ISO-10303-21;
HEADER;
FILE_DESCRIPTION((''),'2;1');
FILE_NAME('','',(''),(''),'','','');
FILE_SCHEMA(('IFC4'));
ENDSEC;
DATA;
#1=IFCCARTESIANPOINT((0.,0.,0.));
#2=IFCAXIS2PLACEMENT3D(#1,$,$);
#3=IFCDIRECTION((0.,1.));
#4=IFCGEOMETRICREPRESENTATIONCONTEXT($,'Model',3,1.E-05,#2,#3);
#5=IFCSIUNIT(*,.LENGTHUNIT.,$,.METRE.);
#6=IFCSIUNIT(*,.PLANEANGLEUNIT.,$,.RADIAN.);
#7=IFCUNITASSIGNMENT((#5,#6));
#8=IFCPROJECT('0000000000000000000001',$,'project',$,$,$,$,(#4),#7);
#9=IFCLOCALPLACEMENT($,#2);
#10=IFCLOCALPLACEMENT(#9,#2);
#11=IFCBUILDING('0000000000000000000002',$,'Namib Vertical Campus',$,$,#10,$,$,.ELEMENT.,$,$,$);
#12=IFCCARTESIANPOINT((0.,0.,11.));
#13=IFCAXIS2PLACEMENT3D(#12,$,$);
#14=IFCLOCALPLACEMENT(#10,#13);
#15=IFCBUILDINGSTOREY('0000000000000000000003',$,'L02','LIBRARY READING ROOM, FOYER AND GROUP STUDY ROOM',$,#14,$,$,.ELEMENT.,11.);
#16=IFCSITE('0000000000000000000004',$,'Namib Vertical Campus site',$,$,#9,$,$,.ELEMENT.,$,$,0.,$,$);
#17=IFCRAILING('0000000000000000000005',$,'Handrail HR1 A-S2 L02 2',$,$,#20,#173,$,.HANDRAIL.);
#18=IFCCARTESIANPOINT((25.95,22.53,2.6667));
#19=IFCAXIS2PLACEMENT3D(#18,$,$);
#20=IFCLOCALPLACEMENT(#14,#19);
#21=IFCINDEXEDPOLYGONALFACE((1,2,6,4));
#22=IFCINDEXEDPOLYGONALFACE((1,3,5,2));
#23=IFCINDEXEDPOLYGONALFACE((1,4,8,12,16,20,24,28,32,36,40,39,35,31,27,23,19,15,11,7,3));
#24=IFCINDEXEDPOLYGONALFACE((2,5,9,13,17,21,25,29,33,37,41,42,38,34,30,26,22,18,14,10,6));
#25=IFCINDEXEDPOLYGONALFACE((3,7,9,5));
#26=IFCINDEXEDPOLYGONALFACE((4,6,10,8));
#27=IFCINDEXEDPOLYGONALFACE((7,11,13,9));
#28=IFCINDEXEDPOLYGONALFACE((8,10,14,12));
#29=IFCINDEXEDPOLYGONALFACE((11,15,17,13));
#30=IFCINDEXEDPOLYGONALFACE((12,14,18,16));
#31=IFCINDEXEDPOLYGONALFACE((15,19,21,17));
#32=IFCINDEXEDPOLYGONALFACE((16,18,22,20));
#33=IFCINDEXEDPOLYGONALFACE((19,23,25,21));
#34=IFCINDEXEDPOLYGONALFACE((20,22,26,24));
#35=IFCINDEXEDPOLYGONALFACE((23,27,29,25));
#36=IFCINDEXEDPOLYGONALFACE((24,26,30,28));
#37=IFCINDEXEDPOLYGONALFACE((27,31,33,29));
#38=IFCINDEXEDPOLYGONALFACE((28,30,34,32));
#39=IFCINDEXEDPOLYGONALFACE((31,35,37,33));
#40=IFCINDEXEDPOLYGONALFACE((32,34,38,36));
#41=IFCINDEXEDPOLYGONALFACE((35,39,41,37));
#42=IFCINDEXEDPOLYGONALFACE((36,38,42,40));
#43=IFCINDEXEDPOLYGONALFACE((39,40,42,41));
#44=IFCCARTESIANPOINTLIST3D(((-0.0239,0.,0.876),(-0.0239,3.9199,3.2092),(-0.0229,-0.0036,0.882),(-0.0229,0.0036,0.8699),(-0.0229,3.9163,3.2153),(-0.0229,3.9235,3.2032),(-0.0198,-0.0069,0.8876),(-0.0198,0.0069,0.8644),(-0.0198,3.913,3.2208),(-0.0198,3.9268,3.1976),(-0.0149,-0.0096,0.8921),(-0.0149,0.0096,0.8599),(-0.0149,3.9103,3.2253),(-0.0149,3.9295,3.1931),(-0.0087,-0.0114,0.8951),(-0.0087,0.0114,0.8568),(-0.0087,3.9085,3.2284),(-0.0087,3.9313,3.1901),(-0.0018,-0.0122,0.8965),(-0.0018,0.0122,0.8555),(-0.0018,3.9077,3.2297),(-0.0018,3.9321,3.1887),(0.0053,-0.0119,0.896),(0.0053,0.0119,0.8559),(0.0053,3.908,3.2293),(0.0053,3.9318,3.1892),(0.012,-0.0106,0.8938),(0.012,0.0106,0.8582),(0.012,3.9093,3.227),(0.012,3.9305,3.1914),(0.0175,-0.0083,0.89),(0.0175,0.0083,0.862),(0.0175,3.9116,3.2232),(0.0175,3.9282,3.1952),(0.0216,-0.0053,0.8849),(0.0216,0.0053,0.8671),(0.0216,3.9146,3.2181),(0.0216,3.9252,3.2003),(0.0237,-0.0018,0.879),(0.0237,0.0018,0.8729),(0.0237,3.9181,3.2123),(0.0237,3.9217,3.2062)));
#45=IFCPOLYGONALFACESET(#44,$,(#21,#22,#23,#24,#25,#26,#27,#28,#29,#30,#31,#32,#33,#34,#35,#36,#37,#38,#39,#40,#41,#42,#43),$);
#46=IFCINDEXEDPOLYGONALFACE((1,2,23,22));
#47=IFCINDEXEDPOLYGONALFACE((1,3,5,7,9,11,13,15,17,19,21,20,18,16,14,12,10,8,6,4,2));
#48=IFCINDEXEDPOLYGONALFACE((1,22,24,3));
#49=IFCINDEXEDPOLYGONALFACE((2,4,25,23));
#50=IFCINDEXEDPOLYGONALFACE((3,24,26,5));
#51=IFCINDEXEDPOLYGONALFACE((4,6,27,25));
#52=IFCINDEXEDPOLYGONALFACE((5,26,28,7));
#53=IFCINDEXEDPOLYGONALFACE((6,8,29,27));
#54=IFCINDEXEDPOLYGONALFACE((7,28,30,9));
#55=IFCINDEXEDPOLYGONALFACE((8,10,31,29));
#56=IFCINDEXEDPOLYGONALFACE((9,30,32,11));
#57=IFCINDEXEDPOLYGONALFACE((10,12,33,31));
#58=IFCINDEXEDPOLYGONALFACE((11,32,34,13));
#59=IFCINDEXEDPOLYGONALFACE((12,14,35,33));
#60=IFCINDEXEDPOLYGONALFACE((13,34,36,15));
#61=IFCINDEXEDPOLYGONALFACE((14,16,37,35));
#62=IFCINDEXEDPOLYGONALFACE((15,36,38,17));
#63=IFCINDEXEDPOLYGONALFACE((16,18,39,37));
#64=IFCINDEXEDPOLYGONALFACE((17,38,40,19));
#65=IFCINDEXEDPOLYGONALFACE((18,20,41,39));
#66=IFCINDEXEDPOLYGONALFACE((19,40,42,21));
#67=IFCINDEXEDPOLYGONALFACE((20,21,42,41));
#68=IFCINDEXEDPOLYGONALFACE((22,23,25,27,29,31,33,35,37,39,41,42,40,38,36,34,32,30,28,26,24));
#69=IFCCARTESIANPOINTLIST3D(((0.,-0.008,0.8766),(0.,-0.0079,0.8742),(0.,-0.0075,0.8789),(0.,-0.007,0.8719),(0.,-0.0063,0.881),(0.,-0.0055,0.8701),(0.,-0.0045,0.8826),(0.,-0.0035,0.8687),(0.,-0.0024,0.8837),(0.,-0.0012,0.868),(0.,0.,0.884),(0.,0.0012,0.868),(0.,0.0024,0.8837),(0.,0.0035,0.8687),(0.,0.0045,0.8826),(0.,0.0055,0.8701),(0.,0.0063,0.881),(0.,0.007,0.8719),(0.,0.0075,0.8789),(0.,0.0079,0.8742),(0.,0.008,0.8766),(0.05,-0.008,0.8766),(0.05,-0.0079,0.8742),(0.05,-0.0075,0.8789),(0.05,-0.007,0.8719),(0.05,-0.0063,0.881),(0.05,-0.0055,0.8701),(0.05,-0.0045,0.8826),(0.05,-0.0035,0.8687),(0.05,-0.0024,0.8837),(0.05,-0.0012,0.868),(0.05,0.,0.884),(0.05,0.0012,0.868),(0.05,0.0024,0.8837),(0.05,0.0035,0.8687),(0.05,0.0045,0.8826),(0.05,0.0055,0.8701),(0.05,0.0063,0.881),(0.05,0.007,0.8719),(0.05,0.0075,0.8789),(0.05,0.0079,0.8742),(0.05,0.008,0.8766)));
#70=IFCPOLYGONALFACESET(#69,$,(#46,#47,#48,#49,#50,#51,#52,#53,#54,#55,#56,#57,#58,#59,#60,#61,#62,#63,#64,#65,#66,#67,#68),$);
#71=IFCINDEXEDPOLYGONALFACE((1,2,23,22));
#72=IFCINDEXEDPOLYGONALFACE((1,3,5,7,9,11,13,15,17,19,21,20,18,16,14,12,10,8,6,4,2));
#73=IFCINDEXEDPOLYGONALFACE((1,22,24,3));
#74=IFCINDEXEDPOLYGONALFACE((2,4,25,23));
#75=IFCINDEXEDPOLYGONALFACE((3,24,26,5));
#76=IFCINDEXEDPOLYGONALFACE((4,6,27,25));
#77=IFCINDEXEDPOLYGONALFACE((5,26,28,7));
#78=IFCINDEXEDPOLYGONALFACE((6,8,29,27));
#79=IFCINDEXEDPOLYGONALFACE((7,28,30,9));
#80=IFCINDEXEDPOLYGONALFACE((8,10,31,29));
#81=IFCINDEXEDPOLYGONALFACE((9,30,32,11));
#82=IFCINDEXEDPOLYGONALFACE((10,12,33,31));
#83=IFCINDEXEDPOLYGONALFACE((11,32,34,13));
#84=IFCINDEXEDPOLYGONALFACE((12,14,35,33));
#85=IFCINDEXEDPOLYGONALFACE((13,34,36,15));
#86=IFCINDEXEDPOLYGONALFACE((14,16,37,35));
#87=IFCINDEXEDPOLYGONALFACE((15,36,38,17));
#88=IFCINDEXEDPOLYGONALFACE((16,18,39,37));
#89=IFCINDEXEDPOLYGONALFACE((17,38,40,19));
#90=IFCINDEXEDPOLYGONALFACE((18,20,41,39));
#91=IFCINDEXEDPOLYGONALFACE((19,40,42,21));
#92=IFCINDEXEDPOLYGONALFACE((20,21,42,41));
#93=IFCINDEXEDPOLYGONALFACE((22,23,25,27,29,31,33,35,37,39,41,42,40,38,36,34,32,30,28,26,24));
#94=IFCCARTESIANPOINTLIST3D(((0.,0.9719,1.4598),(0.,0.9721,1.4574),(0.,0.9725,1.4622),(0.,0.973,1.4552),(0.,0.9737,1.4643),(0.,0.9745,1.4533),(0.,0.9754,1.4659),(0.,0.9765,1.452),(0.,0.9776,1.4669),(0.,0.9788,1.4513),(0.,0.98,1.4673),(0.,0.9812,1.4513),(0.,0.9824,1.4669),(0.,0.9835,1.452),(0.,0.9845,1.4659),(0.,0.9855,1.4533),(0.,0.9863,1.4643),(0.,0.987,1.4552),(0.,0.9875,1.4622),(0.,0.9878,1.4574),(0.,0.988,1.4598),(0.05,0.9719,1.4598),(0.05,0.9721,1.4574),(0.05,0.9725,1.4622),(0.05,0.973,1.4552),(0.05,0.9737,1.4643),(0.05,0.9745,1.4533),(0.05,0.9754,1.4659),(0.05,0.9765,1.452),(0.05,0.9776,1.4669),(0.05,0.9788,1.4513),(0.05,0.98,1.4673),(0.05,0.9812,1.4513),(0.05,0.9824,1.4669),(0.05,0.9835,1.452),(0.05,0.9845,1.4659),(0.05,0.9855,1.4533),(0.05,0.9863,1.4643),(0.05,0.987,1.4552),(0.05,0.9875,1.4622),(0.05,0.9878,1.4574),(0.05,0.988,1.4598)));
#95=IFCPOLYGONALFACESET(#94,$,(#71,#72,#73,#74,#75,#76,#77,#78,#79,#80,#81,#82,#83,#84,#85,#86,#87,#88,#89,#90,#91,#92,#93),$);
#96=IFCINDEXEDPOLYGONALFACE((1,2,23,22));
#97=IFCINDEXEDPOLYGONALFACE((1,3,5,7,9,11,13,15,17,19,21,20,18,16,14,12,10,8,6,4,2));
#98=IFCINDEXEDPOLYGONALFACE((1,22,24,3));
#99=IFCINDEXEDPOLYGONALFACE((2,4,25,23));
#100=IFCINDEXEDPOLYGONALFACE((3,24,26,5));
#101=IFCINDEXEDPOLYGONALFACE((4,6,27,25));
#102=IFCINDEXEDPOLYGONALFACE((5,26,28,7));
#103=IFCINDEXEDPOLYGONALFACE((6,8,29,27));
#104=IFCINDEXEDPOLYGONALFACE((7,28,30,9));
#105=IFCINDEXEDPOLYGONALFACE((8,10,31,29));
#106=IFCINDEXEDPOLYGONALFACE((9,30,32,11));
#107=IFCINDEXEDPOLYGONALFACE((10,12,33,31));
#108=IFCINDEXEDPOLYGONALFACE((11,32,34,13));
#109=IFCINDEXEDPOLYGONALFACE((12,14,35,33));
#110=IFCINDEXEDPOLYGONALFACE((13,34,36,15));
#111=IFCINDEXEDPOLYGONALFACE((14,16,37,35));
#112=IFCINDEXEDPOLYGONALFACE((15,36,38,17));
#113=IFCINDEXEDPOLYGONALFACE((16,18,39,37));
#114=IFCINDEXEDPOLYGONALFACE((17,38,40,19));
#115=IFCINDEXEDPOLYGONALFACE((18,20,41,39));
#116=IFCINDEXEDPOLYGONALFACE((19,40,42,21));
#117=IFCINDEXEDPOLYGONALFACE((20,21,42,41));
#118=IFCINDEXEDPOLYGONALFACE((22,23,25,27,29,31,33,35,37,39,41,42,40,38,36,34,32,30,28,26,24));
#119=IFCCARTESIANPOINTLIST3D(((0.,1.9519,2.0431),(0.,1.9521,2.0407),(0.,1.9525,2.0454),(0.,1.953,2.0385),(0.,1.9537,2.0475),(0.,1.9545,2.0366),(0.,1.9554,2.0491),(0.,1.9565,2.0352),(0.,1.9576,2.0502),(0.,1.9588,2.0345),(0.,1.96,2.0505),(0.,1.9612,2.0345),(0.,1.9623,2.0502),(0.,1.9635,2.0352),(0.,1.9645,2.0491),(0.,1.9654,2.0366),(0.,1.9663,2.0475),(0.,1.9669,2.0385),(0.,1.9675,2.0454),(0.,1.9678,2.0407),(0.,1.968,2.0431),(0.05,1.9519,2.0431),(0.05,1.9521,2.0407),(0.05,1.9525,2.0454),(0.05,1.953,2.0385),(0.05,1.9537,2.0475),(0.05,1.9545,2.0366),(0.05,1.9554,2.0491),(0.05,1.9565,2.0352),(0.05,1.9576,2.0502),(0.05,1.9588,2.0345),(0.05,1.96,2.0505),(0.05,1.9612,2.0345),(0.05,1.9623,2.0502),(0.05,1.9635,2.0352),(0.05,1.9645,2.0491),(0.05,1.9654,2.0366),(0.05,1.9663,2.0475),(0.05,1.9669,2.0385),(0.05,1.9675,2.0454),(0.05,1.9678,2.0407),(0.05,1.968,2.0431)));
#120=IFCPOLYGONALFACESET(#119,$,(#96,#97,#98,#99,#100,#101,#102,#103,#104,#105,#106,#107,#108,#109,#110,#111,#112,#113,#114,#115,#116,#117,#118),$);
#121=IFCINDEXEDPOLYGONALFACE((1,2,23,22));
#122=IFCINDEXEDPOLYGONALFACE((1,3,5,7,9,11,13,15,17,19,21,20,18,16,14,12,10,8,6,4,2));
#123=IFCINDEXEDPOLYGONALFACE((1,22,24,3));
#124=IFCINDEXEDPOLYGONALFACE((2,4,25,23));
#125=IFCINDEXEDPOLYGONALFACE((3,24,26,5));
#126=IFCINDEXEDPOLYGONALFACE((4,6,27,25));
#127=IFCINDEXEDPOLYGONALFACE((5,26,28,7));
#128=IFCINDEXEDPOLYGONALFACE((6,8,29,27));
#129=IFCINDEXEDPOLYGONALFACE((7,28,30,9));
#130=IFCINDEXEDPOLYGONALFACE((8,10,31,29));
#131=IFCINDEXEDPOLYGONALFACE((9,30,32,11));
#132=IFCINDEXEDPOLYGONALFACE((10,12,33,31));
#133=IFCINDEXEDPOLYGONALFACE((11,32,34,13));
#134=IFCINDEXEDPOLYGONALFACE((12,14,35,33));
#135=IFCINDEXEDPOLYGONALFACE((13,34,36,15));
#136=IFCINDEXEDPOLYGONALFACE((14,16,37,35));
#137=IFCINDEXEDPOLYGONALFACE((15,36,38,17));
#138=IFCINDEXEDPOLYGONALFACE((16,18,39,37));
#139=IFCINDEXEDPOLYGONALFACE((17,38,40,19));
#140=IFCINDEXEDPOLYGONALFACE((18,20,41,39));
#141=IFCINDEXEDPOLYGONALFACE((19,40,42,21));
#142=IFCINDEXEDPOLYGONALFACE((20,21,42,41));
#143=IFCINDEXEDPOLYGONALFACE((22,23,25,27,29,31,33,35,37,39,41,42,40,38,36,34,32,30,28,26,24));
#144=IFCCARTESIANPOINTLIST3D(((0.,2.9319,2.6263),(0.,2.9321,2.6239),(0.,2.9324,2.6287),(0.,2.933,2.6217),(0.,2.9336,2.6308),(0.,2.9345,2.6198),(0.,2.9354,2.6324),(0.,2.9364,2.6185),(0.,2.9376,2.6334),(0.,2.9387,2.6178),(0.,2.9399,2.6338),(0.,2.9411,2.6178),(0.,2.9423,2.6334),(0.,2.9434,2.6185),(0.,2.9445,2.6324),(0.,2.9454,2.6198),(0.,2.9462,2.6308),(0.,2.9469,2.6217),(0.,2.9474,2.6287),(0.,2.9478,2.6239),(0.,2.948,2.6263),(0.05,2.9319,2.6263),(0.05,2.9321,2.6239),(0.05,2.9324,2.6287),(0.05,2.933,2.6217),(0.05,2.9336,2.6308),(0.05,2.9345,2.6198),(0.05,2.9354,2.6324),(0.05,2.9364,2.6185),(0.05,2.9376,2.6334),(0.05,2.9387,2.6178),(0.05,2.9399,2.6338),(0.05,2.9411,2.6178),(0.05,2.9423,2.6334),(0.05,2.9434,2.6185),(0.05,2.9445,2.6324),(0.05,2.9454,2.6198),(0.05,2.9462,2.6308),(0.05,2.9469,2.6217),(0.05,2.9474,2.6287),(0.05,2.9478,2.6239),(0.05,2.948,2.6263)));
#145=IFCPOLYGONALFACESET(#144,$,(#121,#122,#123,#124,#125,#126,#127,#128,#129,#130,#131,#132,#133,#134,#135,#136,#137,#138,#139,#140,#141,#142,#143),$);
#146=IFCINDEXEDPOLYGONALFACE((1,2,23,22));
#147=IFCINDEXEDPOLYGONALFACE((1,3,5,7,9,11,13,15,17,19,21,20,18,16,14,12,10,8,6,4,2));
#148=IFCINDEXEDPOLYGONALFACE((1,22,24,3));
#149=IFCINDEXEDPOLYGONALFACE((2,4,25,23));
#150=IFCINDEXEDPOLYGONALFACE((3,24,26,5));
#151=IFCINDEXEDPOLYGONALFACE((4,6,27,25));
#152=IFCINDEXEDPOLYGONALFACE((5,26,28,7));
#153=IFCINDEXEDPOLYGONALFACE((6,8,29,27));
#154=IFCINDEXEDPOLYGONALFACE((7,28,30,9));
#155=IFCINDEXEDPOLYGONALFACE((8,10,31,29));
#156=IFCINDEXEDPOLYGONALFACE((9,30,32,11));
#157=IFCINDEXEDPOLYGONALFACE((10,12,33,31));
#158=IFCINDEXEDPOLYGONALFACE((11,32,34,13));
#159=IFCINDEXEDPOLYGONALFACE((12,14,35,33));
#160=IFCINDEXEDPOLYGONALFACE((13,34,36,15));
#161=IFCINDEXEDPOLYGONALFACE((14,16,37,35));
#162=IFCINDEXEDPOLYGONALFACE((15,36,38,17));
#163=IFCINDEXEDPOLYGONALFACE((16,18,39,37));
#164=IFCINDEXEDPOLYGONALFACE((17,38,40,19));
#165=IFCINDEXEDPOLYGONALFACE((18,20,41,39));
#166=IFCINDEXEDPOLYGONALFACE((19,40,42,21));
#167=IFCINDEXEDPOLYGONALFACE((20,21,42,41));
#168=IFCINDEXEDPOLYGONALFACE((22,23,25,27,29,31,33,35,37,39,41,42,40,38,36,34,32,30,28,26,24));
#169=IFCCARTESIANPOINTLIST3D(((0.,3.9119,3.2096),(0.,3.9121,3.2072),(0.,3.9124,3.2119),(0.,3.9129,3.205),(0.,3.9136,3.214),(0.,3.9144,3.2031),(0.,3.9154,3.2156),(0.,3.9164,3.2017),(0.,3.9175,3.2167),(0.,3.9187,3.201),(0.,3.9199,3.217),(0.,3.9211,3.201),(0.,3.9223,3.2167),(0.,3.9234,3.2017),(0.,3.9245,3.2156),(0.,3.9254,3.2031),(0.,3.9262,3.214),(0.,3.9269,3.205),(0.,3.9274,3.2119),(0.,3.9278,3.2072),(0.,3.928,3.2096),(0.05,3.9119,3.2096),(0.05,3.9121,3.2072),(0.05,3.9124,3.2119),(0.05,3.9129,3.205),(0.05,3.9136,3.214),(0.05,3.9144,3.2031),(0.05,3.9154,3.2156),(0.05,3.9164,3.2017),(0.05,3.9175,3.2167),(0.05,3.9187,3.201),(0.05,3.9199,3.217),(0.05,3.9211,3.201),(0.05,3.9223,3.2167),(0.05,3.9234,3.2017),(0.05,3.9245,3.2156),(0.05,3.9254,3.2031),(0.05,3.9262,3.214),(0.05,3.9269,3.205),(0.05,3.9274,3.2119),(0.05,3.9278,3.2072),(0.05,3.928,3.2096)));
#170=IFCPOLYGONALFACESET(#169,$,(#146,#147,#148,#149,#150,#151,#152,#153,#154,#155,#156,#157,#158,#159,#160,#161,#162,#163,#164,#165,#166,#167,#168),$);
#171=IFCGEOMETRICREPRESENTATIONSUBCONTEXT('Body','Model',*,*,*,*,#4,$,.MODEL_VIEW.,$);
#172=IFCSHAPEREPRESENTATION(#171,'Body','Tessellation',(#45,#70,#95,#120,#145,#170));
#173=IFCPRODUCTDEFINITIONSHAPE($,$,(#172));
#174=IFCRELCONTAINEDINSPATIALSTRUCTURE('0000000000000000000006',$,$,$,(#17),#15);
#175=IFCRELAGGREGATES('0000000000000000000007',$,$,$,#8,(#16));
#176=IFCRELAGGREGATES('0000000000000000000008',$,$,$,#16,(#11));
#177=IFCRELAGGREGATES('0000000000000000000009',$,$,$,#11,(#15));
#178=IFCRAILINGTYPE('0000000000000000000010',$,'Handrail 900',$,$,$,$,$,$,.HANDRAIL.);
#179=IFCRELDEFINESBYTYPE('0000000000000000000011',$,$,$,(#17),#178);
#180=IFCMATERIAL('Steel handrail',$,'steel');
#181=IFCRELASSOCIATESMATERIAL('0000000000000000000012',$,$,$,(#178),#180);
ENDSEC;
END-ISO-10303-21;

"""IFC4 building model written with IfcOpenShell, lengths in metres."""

from ifc_helpers import new_model, si_unit, direction, frame, origin, origin_2d, place, context, subcontext, project, spatial, circle, extrude, material, type_object, element, save


model = new_model("IFC4")

# Units and contexts
model_context = context("Model", 3, precision=1e-05, world=origin(), true_north=direction((0.0, 1.0)))
body_context = subcontext(model_context, "Body", "Model", "MODEL_VIEW")
ifc_project = project(units=[si_unit("LENGTHUNIT", "METRE"), si_unit("PLANEANGLEUNIT", "RADIAN")], contexts=[model_context])

# Site, building, storey
site_placement = place(None, origin())
site = spatial("IfcSite", under=ifc_project, at=site_placement, Name="Namib Vertical Campus site", CompositionType="ELEMENT", RefElevation=0.0)
building_placement = place(site_placement, origin())
building = spatial("IfcBuilding", under=site, at=building_placement, Name="Namib Vertical Campus", CompositionType="ELEMENT")
storey_placement = place(building_placement, frame((0.0, 0.0, 11.0)))
storey = spatial("IfcBuildingStorey", under=building, at=storey_placement, Name="L02", Description="LIBRARY READING ROOM, FOYER AND GROUP STUDY ROOM", CompositionType="ELEMENT", Elevation=11.0)

# Railing
ifc_material_1 = material(Name="Steel handrail", Category="steel")
railing_type_1 = type_object("IfcRailingType", Name="Handrail 900", PredefinedType="HANDRAIL", material=ifc_material_1)
railing_1_placement = place(storey_placement, frame((25.95, 22.53, 2.6667)))
element("IfcRailing", 1, at=railing_1_placement, inside=storey, type_object=railing_type_1, Name="Handrail HR1 A-S2 L02 2", PredefinedType="HANDRAIL", context=body_context, shape_type="SweptSolid", body=[
    extrude(circle(Radius=0.0239, at=origin_2d()), frame((0.0, 0.0, 0.876), z_axis=(0.0, 0.859296, 0.511478), x_axis=(-1.0, 0.0, 0.0)), (0.0, 0.0, 1.0), 4.5618),
    extrude(circle(Radius=0.0081, at=origin_2d()), frame((0.0, 0.0, 0.876), z_axis=(1.0, 0.0, 0.0), x_axis=(0.0, 0.0, 1.0)), (0.0, 0.0, 1.0), 0.05),
    extrude(circle(Radius=0.0081, at=origin_2d()), frame((0.0, 0.98, 1.4592), z_axis=(1.0, 0.0, 0.0), x_axis=(0.0, 0.0, 1.0)), (0.0, 0.0, 1.0), 0.05),
    extrude(circle(Radius=0.0081, at=origin_2d()), frame((0.0, 1.96, 2.0425), z_axis=(1.0, 0.0, 0.0), x_axis=(0.0, 0.0, 1.0)), (0.0, 0.0, 1.0), 0.05),
    extrude(circle(Radius=0.0081, at=origin_2d()), frame((0.0, 2.9399, 2.6257), z_axis=(1.0, 0.0, 0.0), x_axis=(0.0, 0.0, 1.0)), (0.0, 0.0, 1.0), 0.05),
    extrude(circle(Radius=0.0081, at=origin_2d()), frame((0.0, 3.9199, 3.209), z_axis=(1.0, 0.0, 0.0), x_axis=(0.0, 0.0, 1.0)), (0.0, 0.0, 1.0), 0.05),
])

save(model, "model.ifc")
